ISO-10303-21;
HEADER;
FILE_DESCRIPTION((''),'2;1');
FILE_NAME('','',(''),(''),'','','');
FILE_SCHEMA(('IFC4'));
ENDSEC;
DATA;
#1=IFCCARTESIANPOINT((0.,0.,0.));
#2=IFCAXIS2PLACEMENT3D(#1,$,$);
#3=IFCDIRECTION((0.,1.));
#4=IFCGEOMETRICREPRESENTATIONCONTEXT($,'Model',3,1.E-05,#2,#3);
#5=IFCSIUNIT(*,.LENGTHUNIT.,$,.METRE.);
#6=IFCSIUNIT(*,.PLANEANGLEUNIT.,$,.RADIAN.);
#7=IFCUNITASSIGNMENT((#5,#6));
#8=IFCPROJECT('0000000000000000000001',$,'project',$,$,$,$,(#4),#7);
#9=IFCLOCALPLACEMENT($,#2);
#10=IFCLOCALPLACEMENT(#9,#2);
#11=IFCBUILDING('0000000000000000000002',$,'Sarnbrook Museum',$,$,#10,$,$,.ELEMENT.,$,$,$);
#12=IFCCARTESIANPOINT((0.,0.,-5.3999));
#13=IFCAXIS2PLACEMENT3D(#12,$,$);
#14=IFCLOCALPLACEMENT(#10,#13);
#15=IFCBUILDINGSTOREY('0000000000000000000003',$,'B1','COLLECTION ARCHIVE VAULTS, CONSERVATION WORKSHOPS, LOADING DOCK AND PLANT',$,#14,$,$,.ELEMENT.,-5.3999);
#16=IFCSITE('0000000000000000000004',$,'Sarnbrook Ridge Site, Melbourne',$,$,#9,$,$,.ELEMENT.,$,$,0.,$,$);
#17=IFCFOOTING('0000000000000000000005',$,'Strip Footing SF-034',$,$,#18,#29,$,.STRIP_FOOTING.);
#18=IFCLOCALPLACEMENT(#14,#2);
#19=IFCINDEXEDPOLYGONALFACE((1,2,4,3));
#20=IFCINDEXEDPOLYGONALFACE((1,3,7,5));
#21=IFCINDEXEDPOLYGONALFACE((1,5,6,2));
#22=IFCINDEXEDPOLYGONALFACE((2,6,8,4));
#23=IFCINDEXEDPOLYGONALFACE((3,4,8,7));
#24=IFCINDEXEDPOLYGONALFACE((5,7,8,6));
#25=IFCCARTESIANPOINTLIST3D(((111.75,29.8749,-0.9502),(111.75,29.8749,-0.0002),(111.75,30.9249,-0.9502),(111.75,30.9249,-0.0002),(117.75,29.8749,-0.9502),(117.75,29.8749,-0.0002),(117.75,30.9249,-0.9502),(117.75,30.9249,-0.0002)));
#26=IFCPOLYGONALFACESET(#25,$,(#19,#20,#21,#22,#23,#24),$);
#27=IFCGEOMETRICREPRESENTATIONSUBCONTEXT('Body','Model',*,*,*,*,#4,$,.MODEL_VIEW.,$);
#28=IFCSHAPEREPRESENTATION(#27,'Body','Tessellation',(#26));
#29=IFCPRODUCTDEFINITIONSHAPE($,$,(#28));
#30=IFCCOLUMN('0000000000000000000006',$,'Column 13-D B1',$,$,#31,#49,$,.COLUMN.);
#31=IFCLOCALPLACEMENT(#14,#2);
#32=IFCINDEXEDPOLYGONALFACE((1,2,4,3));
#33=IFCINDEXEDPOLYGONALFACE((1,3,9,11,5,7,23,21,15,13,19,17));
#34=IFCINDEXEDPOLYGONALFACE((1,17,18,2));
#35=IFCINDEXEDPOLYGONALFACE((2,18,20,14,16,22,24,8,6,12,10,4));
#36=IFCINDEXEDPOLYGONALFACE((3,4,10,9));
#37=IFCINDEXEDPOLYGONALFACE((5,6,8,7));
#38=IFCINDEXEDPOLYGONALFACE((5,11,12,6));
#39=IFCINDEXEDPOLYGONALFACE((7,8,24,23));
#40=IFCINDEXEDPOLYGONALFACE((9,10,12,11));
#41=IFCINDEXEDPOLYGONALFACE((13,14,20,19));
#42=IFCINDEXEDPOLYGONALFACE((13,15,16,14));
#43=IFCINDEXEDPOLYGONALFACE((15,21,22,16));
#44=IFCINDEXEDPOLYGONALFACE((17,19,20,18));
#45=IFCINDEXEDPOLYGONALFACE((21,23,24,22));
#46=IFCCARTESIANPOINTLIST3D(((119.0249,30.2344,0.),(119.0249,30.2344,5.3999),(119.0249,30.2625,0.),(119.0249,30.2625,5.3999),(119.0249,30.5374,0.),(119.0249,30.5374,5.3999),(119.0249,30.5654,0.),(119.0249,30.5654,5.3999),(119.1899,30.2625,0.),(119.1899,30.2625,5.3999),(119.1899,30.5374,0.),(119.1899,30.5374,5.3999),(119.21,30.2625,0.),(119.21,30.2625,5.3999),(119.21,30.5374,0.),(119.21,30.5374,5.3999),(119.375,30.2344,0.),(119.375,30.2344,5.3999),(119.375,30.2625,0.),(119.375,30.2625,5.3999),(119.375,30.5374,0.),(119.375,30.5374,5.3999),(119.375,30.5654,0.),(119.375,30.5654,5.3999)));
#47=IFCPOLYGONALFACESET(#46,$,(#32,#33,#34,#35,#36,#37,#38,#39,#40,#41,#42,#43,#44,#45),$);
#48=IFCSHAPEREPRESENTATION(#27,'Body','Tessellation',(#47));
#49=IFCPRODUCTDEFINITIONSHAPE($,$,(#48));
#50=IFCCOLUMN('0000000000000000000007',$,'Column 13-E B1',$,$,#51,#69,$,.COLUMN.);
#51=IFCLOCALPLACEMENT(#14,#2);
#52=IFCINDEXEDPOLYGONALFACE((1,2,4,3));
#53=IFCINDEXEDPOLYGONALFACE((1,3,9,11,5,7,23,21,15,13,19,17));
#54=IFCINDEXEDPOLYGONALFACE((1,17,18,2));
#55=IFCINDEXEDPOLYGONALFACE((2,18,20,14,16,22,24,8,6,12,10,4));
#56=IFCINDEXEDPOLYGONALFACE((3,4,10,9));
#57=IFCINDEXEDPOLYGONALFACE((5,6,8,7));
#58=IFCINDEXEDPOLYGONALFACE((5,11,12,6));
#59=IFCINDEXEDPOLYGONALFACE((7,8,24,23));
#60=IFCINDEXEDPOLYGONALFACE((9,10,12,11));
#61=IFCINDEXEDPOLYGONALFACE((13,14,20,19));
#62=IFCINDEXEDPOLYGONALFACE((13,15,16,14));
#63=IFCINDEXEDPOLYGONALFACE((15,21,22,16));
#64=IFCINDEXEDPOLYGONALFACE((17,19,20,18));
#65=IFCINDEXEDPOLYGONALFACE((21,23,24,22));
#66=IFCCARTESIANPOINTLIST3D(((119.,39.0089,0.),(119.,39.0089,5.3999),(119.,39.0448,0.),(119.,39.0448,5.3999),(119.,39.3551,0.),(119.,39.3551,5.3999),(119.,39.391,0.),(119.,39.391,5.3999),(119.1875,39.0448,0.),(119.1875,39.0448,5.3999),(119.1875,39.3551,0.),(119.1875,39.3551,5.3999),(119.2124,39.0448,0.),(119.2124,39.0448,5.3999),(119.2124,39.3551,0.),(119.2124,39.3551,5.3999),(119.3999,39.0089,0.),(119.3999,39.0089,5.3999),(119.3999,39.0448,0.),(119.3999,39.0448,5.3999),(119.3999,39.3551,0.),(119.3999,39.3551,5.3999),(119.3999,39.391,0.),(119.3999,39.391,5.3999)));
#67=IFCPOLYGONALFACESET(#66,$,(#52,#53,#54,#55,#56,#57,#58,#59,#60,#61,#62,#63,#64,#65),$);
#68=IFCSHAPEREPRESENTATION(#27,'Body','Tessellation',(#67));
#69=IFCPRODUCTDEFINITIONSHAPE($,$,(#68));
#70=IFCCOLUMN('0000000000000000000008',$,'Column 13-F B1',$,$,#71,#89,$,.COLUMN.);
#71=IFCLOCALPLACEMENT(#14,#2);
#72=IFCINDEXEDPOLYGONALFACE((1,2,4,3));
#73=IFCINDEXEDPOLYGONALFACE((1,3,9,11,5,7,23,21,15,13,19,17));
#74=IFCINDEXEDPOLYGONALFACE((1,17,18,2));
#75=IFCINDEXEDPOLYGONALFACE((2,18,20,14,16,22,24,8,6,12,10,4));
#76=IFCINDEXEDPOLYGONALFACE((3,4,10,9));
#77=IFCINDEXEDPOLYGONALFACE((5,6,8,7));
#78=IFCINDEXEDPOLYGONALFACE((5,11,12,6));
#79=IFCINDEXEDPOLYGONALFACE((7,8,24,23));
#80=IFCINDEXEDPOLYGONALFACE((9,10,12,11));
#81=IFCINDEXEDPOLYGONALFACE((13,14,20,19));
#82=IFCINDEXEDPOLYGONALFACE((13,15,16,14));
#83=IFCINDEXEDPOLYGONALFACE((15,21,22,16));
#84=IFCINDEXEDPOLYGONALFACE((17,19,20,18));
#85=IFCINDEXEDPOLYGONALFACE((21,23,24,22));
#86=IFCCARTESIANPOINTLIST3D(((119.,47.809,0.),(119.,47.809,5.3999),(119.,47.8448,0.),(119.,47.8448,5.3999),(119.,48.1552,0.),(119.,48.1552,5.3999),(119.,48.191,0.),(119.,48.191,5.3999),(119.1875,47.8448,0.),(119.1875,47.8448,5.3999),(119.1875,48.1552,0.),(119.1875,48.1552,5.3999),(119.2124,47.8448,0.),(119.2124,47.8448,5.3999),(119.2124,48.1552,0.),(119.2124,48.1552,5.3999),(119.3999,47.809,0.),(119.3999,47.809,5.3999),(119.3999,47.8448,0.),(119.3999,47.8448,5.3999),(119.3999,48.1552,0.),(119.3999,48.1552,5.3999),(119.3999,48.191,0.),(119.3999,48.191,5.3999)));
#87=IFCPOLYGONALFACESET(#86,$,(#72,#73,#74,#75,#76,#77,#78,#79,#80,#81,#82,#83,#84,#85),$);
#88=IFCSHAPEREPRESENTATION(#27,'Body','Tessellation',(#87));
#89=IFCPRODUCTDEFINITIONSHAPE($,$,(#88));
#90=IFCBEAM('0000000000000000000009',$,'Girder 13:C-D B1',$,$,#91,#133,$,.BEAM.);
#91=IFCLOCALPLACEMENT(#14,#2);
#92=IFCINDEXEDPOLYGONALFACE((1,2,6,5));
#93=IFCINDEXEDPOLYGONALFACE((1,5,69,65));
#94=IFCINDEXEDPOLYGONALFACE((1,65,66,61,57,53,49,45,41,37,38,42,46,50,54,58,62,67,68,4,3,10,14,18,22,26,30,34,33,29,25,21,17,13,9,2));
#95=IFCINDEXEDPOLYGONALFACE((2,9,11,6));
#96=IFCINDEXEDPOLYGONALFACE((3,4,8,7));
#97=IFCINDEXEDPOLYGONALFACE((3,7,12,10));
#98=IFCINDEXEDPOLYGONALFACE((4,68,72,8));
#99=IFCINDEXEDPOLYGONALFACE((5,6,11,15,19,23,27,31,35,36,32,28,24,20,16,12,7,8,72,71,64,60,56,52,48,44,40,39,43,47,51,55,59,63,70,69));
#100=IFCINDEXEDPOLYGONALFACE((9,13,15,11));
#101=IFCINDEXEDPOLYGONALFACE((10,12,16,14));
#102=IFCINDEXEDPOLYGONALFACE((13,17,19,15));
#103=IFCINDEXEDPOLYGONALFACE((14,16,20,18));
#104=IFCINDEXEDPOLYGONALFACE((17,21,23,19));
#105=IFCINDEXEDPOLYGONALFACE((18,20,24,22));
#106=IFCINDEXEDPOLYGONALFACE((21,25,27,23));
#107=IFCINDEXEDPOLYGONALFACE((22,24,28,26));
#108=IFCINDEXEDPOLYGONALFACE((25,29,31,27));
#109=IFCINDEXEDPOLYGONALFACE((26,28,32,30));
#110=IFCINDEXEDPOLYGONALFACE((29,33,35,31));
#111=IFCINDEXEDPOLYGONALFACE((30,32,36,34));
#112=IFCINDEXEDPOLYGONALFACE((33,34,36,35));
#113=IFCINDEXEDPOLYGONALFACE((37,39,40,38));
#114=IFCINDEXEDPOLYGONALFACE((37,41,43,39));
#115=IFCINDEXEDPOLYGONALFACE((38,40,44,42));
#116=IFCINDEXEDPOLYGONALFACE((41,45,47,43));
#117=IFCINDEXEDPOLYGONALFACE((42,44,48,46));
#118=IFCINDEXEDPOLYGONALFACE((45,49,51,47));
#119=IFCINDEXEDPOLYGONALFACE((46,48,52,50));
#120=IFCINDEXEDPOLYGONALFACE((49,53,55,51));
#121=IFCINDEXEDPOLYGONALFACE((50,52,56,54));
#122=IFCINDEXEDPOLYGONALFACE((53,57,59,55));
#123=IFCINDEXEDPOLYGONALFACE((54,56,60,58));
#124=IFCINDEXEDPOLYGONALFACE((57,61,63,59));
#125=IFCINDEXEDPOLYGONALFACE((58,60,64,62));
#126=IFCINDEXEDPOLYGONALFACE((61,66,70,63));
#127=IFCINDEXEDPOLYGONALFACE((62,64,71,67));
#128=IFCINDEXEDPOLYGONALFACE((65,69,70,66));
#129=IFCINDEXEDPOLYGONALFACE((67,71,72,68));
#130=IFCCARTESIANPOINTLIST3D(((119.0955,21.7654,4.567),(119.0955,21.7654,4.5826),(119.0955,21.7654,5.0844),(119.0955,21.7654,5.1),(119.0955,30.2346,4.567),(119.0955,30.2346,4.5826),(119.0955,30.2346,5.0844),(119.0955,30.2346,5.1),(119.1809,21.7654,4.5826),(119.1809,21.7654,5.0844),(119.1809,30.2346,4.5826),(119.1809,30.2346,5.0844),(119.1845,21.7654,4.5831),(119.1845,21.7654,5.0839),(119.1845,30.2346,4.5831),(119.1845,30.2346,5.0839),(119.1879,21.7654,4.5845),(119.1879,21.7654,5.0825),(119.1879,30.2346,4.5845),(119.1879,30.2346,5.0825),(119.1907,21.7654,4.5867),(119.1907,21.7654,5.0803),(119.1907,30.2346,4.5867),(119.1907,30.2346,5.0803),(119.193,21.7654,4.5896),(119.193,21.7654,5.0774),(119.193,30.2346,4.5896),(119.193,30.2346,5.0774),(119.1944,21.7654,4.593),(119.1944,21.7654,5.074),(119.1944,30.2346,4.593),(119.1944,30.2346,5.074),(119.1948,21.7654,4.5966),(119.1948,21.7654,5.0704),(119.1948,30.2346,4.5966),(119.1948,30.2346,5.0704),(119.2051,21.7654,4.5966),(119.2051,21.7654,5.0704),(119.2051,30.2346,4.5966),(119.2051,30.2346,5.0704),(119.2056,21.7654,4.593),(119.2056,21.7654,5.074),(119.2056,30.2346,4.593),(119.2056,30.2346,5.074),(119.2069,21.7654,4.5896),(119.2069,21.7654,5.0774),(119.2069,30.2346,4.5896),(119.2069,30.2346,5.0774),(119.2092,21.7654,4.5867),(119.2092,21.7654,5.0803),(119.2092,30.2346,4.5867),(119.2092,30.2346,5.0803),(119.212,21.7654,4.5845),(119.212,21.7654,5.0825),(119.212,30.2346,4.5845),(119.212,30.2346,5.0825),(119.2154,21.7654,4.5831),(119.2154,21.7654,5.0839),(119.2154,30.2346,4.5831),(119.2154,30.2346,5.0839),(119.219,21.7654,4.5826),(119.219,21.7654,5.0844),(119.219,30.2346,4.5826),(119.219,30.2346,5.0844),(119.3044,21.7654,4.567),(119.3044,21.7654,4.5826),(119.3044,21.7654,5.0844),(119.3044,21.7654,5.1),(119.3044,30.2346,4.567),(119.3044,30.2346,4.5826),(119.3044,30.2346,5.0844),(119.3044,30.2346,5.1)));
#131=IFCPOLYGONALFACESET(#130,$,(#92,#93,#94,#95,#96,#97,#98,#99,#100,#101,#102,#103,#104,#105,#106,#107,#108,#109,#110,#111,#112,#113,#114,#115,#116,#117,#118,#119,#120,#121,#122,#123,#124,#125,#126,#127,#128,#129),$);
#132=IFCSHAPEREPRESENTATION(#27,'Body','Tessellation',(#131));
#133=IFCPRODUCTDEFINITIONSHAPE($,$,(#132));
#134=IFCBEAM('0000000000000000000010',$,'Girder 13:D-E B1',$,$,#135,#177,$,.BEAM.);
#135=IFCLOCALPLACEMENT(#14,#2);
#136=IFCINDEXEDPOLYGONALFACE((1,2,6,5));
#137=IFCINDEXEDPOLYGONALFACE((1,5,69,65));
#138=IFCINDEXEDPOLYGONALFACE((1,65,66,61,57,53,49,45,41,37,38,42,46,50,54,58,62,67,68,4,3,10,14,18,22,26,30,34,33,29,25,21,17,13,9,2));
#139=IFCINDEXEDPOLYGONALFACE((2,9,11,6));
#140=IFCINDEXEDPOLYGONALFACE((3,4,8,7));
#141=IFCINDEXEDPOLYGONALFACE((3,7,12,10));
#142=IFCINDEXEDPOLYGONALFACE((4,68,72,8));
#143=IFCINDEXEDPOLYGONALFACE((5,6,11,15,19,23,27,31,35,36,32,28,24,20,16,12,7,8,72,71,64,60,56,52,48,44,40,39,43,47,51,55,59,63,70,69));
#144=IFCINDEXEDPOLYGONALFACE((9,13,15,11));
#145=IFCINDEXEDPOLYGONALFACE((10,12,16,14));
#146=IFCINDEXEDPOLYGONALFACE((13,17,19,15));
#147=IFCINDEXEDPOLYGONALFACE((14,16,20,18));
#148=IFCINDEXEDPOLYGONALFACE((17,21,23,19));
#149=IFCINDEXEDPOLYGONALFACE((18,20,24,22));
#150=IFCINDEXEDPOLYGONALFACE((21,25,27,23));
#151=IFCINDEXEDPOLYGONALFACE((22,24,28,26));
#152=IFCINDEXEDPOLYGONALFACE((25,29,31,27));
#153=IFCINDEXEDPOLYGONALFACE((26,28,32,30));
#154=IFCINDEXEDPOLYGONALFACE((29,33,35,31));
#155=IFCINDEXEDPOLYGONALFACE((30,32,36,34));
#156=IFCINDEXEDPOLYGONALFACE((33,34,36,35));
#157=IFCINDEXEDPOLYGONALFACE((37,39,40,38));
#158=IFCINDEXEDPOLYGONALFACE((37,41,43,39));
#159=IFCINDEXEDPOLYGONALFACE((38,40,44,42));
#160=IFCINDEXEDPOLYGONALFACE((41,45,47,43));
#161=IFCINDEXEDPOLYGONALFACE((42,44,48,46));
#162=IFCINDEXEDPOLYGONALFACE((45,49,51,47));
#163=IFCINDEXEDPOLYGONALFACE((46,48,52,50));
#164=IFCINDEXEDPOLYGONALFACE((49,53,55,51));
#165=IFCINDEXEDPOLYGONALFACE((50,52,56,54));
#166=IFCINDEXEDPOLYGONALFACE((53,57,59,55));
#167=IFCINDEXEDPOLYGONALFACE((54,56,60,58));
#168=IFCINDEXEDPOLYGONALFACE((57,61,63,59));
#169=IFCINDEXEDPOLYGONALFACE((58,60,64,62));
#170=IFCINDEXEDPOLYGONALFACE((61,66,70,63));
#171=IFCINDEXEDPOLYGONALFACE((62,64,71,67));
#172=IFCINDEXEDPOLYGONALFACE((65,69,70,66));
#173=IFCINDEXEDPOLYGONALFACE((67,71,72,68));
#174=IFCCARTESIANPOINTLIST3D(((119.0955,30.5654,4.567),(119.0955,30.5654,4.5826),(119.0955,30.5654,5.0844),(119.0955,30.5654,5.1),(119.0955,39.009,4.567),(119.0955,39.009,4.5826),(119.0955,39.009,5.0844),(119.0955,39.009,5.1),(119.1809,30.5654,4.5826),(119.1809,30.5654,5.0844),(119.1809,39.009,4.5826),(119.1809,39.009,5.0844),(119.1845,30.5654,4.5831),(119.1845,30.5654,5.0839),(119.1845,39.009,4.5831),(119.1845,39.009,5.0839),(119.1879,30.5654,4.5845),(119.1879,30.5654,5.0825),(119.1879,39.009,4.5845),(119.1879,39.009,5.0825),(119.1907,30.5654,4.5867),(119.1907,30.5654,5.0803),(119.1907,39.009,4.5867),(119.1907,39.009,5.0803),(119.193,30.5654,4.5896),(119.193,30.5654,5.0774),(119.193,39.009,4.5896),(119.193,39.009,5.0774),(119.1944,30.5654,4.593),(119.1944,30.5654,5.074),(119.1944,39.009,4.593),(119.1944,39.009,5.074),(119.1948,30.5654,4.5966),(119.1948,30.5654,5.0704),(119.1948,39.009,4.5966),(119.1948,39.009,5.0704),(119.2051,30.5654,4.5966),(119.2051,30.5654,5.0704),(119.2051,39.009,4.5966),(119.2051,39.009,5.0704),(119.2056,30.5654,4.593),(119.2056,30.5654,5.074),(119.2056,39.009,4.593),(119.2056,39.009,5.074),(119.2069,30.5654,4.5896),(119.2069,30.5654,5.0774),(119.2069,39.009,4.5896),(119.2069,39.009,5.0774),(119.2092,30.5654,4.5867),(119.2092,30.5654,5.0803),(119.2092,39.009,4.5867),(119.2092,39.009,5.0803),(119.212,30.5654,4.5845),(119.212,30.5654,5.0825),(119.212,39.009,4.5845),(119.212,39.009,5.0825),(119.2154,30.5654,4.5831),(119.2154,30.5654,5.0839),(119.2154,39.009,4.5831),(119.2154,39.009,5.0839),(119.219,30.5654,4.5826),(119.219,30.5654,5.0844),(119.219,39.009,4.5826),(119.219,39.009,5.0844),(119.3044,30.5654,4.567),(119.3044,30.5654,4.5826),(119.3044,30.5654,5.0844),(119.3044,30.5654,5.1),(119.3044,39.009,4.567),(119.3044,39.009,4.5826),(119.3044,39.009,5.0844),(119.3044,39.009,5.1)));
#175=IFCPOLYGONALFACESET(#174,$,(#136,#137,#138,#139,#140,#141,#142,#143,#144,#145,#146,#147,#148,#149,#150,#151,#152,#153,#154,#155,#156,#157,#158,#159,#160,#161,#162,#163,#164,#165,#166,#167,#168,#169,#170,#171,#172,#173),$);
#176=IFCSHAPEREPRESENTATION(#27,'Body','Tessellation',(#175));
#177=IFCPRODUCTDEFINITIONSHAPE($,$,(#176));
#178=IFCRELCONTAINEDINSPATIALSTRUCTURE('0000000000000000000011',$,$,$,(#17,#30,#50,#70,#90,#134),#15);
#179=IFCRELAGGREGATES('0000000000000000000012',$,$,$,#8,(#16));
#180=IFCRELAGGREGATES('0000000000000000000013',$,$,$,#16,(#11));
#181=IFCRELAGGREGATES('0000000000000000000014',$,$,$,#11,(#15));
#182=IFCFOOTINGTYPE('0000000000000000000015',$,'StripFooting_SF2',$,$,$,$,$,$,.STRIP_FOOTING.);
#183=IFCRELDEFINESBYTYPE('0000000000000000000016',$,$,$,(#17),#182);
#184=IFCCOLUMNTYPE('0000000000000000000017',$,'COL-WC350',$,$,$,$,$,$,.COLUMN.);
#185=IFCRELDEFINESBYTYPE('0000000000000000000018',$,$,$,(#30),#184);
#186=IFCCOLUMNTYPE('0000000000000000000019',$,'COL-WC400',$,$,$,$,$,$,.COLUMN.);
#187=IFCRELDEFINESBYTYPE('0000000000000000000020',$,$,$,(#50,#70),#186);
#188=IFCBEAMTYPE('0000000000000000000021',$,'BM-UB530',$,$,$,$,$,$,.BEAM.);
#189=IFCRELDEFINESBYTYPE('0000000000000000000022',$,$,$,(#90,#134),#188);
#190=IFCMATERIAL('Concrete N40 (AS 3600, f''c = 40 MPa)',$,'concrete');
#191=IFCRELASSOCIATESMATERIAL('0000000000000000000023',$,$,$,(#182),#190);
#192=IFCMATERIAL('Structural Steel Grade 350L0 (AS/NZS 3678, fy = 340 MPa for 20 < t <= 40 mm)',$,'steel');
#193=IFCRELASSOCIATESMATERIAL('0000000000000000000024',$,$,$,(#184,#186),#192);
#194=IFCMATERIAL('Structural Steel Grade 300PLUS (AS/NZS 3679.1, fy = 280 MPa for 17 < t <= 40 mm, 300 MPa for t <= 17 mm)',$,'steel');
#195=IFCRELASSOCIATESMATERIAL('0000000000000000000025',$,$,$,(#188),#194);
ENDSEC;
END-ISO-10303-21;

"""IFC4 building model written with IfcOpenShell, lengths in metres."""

from ifc_helpers import new_model, si_unit, direction, frame, origin, origin_2d, place, context, subcontext, project, spatial, rectangle, i_section, extrude, material, material_profile, profile_set, type_object, element, save


model = new_model("IFC4")

# Units and contexts
model_context = context("Model", 3, precision=1e-05, world=origin(), true_north=direction((0.0, 1.0)))
body_context = subcontext(model_context, "Body", "Model", "MODEL_VIEW")
ifc_project = project(units=[si_unit("LENGTHUNIT", "METRE"), si_unit("PLANEANGLEUNIT", "RADIAN")], contexts=[model_context])

# Site, building, storey
site_placement = place(None, origin())
site = spatial("IfcSite", under=ifc_project, at=site_placement, Name="Sarnbrook Ridge Site, Melbourne", CompositionType="ELEMENT", RefElevation=0.0)
building_placement = place(site_placement, origin())
building = spatial("IfcBuilding", under=site, at=building_placement, Name="Sarnbrook Museum", CompositionType="ELEMENT")
storey_placement = place(building_placement, frame((0.0, 0.0, -5.3999)))
storey = spatial("IfcBuildingStorey", under=building, at=storey_placement, Name="B1", Description="COLLECTION ARCHIVE VAULTS, CONSERVATION WORKSHOPS, LOADING DOCK AND PLANT", CompositionType="ELEMENT", Elevation=-5.3999)

# Footing
ifc_material_1 = material(Name="Concrete N40 (AS 3600, f'c = 40 MPa)", Category="concrete")
footing_type_1 = type_object("IfcFootingType", Name="StripFooting_SF2", PredefinedType="STRIP_FOOTING", material=ifc_material_1)
footing_1_placement = place(storey_placement, frame((114.75, 30.3999, -0.9502), z_axis=(0.0, 0.0, 1.0), x_axis=(1.0, 0.0, 0.0)))
element("IfcFooting", 1, at=footing_1_placement, inside=storey, type_object=footing_type_1, Name="Strip Footing SF-034", PredefinedType="STRIP_FOOTING", context=body_context, shape_type="SweptSolid", body=[
    extrude(rectangle(XDim=6.0, YDim=1.05, at=origin_2d()), origin(), (0.0, 0.0, 1.0), 0.95),
])

# Columns
ifc_material_2 = material(Name="Structural Steel Grade 350L0 (AS/NZS 3678, fy = 340 MPa for 20 < t <= 40 mm)", Category="steel")
ifc_material_profile_1 = material_profile(ifc_material_2, i_section(OverallWidth=0.3501, OverallDepth=0.3311, WebThickness=0.02, FlangeThickness=0.0281, at=origin_2d()), Name="350WC197")
ifc_profile_set_1 = profile_set([ifc_material_profile_1], Name="Structural Steel Grade 350L0 (AS/NZS 3678, fy = 340 MPa for 20 < t <= 40 mm)")
column_type_1 = type_object("IfcColumnType", Name="COL-WC350", PredefinedType="COLUMN", material=ifc_profile_set_1)
column_placement = place(storey_placement, frame((119.2, 30.3999, 0.0), z_axis=(0.0, 0.0, 1.0), x_axis=(1.0, 0.0, 0.0)))
element("IfcColumn", 2, at=column_placement, inside=storey, type_object=column_type_1, Name="Column 13-D B1", PredefinedType="COLUMN", context=body_context, shape_type="SweptSolid", body=[
    extrude(i_section(OverallWidth=0.3501, OverallDepth=0.3311, WebThickness=0.02, FlangeThickness=0.0281, at=origin_2d()), origin(), (0.0, 0.0, 1.0), 5.3999),
])
ifc_material_profile_2 = material_profile(ifc_material_2, i_section(OverallWidth=0.3999, OverallDepth=0.3821, WebThickness=0.0249, FlangeThickness=0.0359, at=origin_2d()), Name="400WC270")
ifc_profile_set_2 = profile_set([ifc_material_profile_2], Name="Structural Steel Grade 350L0 (AS/NZS 3678, fy = 340 MPa for 20 < t <= 40 mm)")
column_type_2 = type_object("IfcColumnType", Name="COL-WC400", PredefinedType="COLUMN", material=ifc_profile_set_2)
for number, where, z_axis, x_axis, name in (
    (3, (119.2, 39.2, 0.0), (0.0, 0.0, 1.0), (1.0, 0.0, 0.0), "Column 13-E B1"),
    (4, (119.2, 48.0, 0.0), (0.0, 0.0, 1.0), (1.0, 0.0, 0.0), "Column 13-F B1"),
):
    element("IfcColumn", number, at=place(storey_placement, frame(where, z_axis=z_axis, x_axis=x_axis)), inside=storey, type_object=column_type_2, Name=name, PredefinedType="COLUMN", context=body_context, shape_type="SweptSolid", body=[
        extrude(i_section(OverallWidth=0.3999, OverallDepth=0.3821, WebThickness=0.0249, FlangeThickness=0.0359, at=origin_2d()), origin(), (0.0, 0.0, 1.0), 5.3999),
    ])

# Beams
ifc_material_3 = material(Name="Structural Steel Grade 300PLUS (AS/NZS 3679.1, fy = 280 MPa for 17 < t <= 40 mm, 300 MPa for t <= 17 mm)", Category="steel")
ifc_material_profile_3 = material_profile(ifc_material_3, i_section(OverallWidth=0.209, OverallDepth=0.533, WebThickness=0.0103, FlangeThickness=0.0156, FilletRadius=0.0139, at=origin_2d()), Name="530UB92.4")
ifc_profile_set_3 = profile_set([ifc_material_profile_3], Name="Structural Steel Grade 300PLUS (AS/NZS 3679.1, fy = 280 MPa for 17 < t <= 40 mm, 300 MPa for t <= 17 mm)")
beam_type_1 = type_object("IfcBeamType", Name="BM-UB530", PredefinedType="BEAM", material=ifc_profile_set_3)
beam_1_placement = place(storey_placement, frame((119.2, 21.7654, 4.8335), z_axis=(0.0, 1.0, 0.0), x_axis=(-1.0, 0.0, 0.0)))
element("IfcBeam", 5, at=beam_1_placement, inside=storey, type_object=beam_type_1, Name="Girder 13:C-D B1", PredefinedType="BEAM", context=body_context, shape_type="SweptSolid", body=[
    extrude(i_section(OverallWidth=0.209, OverallDepth=0.533, WebThickness=0.0103, FlangeThickness=0.0156, FilletRadius=0.0139, at=origin_2d()), origin(), (0.0, 0.0, 1.0), 8.4692),
])
beam_2_placement = place(storey_placement, frame((119.2, 30.5654, 4.8335), z_axis=(0.0, 1.0, 0.0), x_axis=(-1.0, 0.0, 0.0)))
element("IfcBeam", 6, at=beam_2_placement, inside=storey, type_object=beam_type_1, Name="Girder 13:D-E B1", PredefinedType="BEAM", context=body_context, shape_type="SweptSolid", body=[
    extrude(i_section(OverallWidth=0.209, OverallDepth=0.533, WebThickness=0.0103, FlangeThickness=0.0156, FilletRadius=0.0139, at=origin_2d()), origin(), (0.0, 0.0, 1.0), 8.4436),
])

save(model, "model.ifc")
